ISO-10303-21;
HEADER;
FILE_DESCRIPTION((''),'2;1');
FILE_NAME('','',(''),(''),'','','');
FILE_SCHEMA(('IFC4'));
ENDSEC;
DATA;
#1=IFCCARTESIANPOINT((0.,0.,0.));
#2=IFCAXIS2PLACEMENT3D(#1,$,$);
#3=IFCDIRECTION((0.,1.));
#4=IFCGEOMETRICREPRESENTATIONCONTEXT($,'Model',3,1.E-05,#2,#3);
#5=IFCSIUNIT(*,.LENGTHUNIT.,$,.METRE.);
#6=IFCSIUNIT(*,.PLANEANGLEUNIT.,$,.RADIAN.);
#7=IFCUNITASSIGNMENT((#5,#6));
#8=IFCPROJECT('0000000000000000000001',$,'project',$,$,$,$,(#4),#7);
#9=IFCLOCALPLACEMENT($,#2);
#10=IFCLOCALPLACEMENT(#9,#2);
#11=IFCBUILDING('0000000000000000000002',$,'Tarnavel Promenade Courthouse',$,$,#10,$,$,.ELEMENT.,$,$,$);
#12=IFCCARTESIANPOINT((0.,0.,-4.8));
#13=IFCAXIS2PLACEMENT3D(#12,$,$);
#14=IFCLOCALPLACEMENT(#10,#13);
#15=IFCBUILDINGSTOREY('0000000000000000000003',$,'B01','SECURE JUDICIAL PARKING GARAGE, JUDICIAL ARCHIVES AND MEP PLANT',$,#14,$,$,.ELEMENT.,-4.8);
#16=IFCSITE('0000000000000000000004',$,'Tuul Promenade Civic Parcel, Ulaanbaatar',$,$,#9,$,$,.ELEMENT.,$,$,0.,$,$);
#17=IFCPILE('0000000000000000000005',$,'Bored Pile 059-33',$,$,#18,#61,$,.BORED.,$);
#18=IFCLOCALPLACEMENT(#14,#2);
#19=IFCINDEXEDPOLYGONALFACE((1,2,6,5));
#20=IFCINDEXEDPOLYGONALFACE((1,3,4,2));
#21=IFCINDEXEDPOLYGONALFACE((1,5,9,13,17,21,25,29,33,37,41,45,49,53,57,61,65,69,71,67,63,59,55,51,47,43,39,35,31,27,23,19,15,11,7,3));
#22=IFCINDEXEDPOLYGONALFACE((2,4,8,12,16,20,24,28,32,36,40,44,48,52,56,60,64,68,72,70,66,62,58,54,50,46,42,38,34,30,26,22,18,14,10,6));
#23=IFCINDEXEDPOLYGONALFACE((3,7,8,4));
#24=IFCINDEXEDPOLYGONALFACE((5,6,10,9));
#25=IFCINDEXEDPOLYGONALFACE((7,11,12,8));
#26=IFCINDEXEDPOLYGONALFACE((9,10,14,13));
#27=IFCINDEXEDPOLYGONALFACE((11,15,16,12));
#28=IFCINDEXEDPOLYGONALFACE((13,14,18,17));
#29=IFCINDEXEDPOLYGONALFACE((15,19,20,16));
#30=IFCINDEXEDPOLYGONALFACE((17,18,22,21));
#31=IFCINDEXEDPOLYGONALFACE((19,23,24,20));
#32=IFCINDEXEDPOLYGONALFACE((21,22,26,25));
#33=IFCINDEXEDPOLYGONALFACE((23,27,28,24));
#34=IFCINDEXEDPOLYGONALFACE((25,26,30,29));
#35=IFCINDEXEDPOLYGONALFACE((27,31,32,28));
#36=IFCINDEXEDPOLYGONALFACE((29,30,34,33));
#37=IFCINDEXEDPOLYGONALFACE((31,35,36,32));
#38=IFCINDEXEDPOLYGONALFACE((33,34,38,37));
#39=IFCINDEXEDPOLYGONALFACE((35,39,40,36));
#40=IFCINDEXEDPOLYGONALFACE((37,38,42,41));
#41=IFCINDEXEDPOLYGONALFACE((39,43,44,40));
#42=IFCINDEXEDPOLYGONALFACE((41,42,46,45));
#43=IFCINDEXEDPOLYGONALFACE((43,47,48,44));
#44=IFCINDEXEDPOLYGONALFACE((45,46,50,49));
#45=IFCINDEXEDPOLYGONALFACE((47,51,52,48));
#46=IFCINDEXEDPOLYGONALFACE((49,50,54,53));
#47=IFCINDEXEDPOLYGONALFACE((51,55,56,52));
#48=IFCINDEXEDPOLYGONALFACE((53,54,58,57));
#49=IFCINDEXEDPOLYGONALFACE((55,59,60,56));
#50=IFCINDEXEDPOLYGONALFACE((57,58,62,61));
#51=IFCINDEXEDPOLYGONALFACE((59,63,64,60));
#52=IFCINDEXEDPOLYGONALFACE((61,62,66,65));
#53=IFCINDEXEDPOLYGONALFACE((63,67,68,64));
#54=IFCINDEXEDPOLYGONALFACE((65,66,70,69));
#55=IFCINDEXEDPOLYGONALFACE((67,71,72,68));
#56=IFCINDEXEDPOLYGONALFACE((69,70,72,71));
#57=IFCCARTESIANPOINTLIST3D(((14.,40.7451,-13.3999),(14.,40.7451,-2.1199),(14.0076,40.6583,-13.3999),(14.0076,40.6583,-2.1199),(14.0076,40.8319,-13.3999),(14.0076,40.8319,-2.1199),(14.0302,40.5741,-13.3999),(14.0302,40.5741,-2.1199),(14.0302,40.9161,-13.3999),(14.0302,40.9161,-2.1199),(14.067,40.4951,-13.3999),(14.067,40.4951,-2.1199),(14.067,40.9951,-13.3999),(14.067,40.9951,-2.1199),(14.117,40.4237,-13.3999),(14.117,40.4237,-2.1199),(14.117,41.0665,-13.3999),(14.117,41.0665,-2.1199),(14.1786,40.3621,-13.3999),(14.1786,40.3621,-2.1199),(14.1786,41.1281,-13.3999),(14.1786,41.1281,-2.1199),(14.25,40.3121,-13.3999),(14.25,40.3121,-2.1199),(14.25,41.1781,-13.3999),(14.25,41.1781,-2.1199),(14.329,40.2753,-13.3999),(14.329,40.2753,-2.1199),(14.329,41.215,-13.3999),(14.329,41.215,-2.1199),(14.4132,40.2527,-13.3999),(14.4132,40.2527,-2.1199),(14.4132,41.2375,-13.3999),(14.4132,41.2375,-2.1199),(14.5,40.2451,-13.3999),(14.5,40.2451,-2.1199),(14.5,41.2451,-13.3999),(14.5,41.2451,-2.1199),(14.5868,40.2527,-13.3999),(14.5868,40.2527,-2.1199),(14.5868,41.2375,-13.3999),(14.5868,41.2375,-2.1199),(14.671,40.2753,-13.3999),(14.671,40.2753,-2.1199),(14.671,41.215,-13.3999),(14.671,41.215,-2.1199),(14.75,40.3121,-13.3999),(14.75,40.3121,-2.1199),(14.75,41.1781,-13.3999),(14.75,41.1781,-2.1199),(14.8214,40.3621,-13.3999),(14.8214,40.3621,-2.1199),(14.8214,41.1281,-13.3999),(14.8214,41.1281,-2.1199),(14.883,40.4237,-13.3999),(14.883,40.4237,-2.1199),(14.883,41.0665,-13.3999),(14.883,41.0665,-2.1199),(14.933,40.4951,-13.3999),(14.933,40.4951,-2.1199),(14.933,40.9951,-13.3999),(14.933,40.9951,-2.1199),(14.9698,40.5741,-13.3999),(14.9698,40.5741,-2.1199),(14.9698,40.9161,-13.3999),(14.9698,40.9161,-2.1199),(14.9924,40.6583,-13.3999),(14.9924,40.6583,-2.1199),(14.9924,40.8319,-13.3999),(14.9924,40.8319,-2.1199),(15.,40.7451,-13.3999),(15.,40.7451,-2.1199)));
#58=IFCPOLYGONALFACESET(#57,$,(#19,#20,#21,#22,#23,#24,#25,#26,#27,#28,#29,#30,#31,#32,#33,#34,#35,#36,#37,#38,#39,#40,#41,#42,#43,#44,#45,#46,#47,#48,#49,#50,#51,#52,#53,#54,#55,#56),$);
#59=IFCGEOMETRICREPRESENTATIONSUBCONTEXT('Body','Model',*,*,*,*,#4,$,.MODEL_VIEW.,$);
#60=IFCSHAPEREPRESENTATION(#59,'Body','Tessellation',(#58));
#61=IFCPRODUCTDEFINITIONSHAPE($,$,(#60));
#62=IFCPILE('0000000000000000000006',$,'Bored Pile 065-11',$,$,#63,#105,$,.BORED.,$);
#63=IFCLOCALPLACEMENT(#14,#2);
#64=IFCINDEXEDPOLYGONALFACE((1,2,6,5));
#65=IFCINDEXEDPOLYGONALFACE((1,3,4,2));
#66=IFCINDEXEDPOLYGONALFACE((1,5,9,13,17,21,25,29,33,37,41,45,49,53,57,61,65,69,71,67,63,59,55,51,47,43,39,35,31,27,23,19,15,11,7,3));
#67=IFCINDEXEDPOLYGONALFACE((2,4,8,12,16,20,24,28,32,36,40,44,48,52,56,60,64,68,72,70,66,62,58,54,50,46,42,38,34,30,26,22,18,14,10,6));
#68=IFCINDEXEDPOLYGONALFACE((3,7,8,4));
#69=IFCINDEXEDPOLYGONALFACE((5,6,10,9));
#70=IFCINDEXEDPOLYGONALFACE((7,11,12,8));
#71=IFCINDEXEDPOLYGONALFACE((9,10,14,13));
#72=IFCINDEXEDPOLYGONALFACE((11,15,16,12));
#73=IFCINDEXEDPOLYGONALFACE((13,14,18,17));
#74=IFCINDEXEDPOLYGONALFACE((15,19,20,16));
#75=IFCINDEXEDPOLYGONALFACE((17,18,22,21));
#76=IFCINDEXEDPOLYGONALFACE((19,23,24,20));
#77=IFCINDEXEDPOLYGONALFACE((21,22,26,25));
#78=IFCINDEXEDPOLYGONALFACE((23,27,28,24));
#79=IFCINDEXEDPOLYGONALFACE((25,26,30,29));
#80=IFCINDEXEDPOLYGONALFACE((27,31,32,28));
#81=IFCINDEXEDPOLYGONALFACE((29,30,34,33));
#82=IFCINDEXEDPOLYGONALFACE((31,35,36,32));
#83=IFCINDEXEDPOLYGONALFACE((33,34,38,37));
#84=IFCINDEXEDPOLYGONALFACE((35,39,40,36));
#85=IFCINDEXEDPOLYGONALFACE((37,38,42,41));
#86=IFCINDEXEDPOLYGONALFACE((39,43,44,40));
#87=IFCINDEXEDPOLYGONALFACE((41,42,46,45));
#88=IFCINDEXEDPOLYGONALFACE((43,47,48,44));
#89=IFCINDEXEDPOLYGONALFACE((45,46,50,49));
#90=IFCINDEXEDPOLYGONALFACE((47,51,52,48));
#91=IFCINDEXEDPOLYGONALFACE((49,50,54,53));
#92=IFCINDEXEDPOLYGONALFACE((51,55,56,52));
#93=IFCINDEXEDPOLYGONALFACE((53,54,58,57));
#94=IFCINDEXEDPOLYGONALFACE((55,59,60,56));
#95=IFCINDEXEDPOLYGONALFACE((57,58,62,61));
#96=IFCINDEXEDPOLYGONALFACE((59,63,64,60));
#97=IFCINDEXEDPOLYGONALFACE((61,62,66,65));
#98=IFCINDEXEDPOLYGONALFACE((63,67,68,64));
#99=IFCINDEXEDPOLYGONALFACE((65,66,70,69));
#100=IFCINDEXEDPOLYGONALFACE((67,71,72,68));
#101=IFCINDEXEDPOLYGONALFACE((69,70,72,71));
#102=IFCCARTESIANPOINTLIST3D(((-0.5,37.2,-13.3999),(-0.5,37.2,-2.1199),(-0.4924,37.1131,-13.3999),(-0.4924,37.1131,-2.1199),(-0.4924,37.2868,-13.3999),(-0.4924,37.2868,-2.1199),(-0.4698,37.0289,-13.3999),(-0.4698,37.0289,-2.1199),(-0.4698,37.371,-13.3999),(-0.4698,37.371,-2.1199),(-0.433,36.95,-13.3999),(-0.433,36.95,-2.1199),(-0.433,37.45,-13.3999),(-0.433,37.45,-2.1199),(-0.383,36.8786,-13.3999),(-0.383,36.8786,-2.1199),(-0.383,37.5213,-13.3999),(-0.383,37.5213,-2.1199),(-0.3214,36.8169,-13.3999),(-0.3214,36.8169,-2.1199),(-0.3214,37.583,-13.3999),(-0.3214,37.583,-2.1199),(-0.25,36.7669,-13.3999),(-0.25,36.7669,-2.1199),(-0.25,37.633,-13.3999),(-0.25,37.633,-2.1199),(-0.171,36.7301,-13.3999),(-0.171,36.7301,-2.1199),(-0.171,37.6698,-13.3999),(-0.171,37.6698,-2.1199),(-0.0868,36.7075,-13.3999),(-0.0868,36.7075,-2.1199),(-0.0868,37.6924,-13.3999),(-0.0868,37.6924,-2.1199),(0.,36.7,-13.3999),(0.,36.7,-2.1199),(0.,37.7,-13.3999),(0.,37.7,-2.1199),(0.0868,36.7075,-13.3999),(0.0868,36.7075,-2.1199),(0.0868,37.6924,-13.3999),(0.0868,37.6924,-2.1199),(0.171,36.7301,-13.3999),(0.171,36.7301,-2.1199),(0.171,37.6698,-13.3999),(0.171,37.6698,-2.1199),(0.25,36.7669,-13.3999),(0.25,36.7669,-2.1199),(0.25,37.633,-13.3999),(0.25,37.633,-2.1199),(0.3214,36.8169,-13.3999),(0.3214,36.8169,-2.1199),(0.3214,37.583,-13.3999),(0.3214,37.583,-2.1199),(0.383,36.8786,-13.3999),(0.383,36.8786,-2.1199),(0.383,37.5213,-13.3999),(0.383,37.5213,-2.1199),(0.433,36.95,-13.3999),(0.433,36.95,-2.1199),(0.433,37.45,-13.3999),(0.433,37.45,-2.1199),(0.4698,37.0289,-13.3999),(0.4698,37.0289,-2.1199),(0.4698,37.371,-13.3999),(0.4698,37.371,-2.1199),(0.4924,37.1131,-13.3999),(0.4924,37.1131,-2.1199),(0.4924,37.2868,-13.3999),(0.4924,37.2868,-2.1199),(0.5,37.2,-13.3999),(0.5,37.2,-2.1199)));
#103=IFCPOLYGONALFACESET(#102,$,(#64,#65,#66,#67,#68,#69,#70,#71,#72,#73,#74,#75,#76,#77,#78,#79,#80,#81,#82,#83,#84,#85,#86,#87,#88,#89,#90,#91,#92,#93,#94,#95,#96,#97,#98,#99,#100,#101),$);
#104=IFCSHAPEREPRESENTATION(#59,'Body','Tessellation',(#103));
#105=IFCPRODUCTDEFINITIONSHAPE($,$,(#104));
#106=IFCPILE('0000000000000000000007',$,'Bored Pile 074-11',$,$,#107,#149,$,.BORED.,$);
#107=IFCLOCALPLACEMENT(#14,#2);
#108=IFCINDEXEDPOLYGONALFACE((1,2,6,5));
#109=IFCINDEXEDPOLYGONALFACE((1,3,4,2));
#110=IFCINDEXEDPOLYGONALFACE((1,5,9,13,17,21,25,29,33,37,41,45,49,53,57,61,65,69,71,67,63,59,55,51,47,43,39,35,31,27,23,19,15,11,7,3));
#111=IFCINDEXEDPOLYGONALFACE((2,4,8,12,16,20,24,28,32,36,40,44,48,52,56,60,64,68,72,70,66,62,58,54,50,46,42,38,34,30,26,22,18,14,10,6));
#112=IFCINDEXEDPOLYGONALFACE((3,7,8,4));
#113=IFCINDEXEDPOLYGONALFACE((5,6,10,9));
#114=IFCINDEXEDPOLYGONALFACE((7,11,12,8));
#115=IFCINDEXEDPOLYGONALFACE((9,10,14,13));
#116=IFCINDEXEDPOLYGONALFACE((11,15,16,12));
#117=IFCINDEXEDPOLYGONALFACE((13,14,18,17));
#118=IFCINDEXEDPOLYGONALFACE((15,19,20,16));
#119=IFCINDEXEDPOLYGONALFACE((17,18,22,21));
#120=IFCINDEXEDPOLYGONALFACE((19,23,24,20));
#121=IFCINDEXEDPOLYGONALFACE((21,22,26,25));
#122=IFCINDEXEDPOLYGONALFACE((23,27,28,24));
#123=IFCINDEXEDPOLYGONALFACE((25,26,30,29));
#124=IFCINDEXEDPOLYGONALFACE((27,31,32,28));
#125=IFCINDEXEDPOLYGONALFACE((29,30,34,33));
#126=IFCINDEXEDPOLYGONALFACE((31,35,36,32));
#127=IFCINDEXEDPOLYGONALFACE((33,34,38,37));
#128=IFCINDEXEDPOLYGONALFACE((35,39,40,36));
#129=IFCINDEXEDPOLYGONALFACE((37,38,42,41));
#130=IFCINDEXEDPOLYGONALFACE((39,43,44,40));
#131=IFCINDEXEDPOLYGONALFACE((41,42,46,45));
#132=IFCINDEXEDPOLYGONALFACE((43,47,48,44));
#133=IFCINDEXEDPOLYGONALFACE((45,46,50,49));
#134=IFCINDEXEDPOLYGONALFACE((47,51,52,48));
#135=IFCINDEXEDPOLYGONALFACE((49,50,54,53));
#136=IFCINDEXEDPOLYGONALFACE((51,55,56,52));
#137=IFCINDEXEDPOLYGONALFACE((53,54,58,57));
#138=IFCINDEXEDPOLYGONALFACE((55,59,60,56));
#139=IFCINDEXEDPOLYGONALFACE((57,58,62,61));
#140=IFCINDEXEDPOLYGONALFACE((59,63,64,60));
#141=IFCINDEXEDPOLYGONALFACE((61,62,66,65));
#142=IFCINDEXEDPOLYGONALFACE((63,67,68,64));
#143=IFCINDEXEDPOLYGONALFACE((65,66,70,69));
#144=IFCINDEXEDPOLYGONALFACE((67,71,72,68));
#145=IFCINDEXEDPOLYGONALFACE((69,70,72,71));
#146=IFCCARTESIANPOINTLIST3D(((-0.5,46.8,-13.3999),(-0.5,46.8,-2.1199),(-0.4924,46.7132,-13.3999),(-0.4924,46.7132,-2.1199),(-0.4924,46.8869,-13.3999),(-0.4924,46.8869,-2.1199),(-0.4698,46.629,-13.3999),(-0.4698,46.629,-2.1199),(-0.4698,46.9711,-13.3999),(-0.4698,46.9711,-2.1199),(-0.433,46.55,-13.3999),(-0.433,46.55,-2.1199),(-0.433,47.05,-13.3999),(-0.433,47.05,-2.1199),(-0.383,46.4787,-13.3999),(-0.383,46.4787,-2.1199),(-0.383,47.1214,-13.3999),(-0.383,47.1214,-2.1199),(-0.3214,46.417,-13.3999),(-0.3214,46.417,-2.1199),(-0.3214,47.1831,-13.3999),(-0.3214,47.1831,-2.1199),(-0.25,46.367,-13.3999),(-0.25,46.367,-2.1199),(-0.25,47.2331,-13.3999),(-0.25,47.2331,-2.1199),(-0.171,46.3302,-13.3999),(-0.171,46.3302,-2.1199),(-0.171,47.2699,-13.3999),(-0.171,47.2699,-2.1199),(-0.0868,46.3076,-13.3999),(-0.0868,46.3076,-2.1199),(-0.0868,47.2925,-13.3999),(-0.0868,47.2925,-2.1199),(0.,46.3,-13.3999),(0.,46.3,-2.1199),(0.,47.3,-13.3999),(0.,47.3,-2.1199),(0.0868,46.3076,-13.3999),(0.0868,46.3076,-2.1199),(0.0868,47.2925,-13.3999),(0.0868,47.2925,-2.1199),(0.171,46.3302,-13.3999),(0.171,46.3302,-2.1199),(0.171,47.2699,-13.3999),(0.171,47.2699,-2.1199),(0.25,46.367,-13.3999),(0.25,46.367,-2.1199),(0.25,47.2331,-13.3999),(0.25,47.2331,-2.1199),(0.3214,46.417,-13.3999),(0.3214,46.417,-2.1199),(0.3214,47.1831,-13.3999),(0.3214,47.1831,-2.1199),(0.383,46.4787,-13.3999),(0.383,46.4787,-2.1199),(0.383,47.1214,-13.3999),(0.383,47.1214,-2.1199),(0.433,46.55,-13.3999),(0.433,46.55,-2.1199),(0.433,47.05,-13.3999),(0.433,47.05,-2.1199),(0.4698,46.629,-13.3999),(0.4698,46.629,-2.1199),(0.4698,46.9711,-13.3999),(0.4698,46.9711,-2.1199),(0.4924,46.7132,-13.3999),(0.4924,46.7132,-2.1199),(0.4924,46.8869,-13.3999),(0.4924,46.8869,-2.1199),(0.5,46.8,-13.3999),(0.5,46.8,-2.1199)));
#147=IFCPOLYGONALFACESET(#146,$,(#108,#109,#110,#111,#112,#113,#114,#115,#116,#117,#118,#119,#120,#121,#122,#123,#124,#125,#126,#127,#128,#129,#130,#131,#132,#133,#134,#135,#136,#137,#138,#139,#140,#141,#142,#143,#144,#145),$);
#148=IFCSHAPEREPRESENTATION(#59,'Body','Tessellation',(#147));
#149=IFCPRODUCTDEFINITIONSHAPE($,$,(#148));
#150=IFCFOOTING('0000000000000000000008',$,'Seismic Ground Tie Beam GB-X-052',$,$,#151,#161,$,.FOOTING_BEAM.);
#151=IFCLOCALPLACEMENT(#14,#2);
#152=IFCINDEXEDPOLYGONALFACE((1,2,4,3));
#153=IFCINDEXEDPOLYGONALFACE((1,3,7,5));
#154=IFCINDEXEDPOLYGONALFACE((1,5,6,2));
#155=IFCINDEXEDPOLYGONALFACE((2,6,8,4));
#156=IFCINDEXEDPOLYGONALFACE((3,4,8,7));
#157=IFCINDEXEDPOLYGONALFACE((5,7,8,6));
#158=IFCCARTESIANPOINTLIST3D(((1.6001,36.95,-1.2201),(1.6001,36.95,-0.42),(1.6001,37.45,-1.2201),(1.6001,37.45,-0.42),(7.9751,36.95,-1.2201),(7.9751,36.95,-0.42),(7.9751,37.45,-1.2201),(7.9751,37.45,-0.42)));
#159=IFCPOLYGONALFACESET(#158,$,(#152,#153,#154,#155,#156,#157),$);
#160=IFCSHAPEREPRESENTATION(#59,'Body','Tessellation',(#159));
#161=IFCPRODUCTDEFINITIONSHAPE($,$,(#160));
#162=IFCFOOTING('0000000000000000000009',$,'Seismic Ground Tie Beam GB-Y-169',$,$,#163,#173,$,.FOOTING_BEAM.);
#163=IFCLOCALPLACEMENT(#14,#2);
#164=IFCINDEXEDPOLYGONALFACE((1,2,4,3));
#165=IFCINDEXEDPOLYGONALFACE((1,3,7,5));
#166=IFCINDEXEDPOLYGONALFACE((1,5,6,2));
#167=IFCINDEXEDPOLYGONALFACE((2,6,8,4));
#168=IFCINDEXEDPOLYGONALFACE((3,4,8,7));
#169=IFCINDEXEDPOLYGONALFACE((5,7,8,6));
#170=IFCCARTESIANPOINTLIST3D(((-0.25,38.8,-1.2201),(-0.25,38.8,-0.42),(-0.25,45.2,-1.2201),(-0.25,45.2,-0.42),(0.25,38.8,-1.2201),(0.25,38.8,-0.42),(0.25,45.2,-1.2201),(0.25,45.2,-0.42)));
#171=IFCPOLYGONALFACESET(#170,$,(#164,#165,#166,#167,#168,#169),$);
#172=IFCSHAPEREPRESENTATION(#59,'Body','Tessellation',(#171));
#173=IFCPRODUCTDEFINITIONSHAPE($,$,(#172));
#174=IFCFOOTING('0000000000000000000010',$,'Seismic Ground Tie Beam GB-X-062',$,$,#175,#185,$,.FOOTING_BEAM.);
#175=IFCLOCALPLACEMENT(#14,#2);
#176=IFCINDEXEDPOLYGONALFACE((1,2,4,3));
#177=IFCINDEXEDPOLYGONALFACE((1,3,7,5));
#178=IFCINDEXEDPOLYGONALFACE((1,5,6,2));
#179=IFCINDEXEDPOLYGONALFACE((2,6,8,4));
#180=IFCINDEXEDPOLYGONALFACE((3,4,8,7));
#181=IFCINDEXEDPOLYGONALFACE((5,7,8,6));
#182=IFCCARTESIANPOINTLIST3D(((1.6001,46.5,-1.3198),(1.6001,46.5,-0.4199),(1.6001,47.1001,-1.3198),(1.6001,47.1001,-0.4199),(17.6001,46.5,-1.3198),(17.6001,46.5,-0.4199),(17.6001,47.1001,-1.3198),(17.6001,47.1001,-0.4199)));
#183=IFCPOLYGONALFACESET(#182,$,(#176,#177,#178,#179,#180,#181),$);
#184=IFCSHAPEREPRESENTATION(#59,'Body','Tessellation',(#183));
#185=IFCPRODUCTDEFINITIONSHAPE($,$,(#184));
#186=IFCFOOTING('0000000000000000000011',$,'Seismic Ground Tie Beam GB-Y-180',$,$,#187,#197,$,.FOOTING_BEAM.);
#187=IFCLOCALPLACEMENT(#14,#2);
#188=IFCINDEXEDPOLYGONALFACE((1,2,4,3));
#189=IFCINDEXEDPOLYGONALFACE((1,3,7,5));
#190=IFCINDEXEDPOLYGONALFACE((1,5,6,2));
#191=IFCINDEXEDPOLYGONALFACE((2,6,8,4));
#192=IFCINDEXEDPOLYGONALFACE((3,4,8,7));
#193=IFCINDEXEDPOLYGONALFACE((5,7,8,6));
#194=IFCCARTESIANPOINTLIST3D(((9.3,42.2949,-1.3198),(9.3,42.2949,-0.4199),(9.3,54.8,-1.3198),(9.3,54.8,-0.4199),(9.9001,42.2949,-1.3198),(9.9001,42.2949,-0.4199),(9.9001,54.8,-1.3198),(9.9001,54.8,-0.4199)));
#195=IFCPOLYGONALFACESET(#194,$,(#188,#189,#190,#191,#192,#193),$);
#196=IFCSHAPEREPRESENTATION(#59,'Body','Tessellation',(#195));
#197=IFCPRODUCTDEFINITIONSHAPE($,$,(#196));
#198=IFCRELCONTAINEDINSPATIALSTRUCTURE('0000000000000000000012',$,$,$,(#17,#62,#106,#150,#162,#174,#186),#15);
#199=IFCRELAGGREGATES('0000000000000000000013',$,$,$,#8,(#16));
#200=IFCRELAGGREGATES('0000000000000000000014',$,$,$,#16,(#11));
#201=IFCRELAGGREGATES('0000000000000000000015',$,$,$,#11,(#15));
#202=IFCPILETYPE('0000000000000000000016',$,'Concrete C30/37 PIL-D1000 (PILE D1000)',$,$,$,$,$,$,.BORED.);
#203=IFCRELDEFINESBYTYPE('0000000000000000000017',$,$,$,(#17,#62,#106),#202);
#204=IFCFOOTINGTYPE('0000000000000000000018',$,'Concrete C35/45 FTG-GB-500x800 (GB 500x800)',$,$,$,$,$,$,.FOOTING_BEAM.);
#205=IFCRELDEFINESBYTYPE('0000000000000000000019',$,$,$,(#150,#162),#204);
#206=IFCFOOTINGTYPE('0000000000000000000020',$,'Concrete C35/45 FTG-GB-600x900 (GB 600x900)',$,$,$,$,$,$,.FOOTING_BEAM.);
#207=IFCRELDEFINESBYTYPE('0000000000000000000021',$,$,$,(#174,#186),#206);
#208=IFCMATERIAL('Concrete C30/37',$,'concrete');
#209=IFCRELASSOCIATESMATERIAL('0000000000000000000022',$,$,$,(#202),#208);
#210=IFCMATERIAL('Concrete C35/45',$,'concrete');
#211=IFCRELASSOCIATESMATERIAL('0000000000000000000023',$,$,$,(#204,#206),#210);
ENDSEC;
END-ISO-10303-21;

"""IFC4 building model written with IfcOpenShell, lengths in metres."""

from ifc_helpers import new_model, si_unit, direction, frame, origin, origin_2d, place, context, subcontext, project, spatial, rectangle, circle, extrude, material, material_profile, profile_set, type_object, element, save


model = new_model("IFC4")

# Units and contexts
model_context = context("Model", 3, precision=1e-05, world=origin(), true_north=direction((0.0, 1.0)))
body_context = subcontext(model_context, "Body", "Model", "MODEL_VIEW")
ifc_project = project(units=[si_unit("LENGTHUNIT", "METRE"), si_unit("PLANEANGLEUNIT", "RADIAN")], contexts=[model_context])

# Site, building, storey
site_placement = place(None, origin())
site = spatial("IfcSite", under=ifc_project, at=site_placement, Name="Tuul Promenade Civic Parcel, Ulaanbaatar", CompositionType="ELEMENT", RefElevation=0.0)
building_placement = place(site_placement, origin())
building = spatial("IfcBuilding", under=site, at=building_placement, Name="Tarnavel Promenade Courthouse", CompositionType="ELEMENT")
storey_placement = place(building_placement, frame((0.0, 0.0, -4.8)))
storey = spatial("IfcBuildingStorey", under=building, at=storey_placement, Name="B01", Description="SECURE JUDICIAL PARKING GARAGE, JUDICIAL ARCHIVES AND MEP PLANT", CompositionType="ELEMENT", Elevation=-4.8)

# Piles
ifc_material_1 = material(Name="Concrete C30/37", Category="concrete")
ifc_material_profile_1 = material_profile(ifc_material_1, circle(Radius=0.5, at=origin_2d()), Name="PILE D1000")
ifc_profile_set_1 = profile_set([ifc_material_profile_1], Name="Concrete C30/37")
pile_type = type_object("IfcPileType", Name="Concrete C30/37 PIL-D1000 (PILE D1000)", PredefinedType="BORED", material=ifc_profile_set_1)
for number, where, z_axis, x_axis, name in (
    (1, (14.5, 40.7451, -2.1199), (0.0, 0.0, -1.0), (1.0, 0.0, 0.0), "Bored Pile 059-33"),
    (2, (0.0, 37.2, -2.1199), (0.0, 0.0, -1.0), (1.0, 0.0, 0.0), "Bored Pile 065-11"),
    (3, (0.0, 46.8, -2.1199), (0.0, 0.0, -1.0), (1.0, 0.0, 0.0), "Bored Pile 074-11"),
):
    element("IfcPile", number, at=place(storey_placement, frame(where, z_axis=z_axis, x_axis=x_axis)), inside=storey, type_object=pile_type, Name=name, PredefinedType="BORED", context=body_context, shape_type="SweptSolid", body=[
        extrude(circle(Radius=0.5, at=origin_2d()), origin(), (0.0, 0.0, 1.0), 11.28),
    ])

# Footings
ifc_material_2 = material(Name="Concrete C35/45", Category="concrete")
ifc_material_profile_2 = material_profile(ifc_material_2, rectangle(XDim=0.5, YDim=0.8, at=origin_2d()), Name="GB 500x800")
ifc_profile_set_2 = profile_set([ifc_material_profile_2], Name="Concrete C35/45")
footing_type_1 = type_object("IfcFootingType", Name="Concrete C35/45 FTG-GB-500x800 (GB 500x800)", PredefinedType="FOOTING_BEAM", material=ifc_profile_set_2)
footing_1_placement = place(storey_placement, frame((1.6001, 37.2, -0.8201), z_axis=(1.0, 0.0, 0.0), x_axis=(0.0, 1.0, 0.0)))
element("IfcFooting", 4, at=footing_1_placement, inside=storey, type_object=footing_type_1, Name="Seismic Ground Tie Beam GB-X-052", PredefinedType="FOOTING_BEAM", context=body_context, shape_type="SweptSolid", body=[
    extrude(rectangle(XDim=0.5, YDim=0.8, at=origin_2d()), origin(), (0.0, 0.0, 1.0), 6.375),
])
footing_2_placement = place(storey_placement, frame((0.0, 38.8, -0.8201), z_axis=(0.0, 1.0, 0.0), x_axis=(-1.0, 0.0, 0.0)))
element("IfcFooting", 5, at=footing_2_placement, inside=storey, type_object=footing_type_1, Name="Seismic Ground Tie Beam GB-Y-169", PredefinedType="FOOTING_BEAM", context=body_context, shape_type="SweptSolid", body=[
    extrude(rectangle(XDim=0.5, YDim=0.8, at=origin_2d()), origin(), (0.0, 0.0, 1.0), 6.3999),
])
ifc_material_profile_3 = material_profile(ifc_material_2, rectangle(XDim=0.6001, YDim=0.8999, at=origin_2d()), Name="GB 600x900")
ifc_profile_set_3 = profile_set([ifc_material_profile_3], Name="Concrete C35/45")
footing_type_2 = type_object("IfcFootingType", Name="Concrete C35/45 FTG-GB-600x900 (GB 600x900)", PredefinedType="FOOTING_BEAM", material=ifc_profile_set_3)
footing_3_placement = place(storey_placement, frame((1.6001, 46.8, -0.8699), z_axis=(1.0, 0.0, 0.0), x_axis=(0.0, 1.0, 0.0)))
element("IfcFooting", 6, at=footing_3_placement, inside=storey, type_object=footing_type_2, Name="Seismic Ground Tie Beam GB-X-062", PredefinedType="FOOTING_BEAM", context=body_context, shape_type="SweptSolid", body=[
    extrude(rectangle(XDim=0.6001, YDim=0.8999, at=origin_2d()), origin(), (0.0, 0.0, 1.0), 16.0),
])
footing_4_placement = place(storey_placement, frame((9.6001, 42.2949, -0.8699), z_axis=(0.0, 1.0, 0.0), x_axis=(-1.0, 0.0, 0.0)))
element("IfcFooting", 7, at=footing_4_placement, inside=storey, type_object=footing_type_2, Name="Seismic Ground Tie Beam GB-Y-180", PredefinedType="FOOTING_BEAM", context=body_context, shape_type="SweptSolid", body=[
    extrude(rectangle(XDim=0.6001, YDim=0.8999, at=origin_2d()), origin(), (0.0, 0.0, 1.0), 12.5051),
])

save(model, "model.ifc")
